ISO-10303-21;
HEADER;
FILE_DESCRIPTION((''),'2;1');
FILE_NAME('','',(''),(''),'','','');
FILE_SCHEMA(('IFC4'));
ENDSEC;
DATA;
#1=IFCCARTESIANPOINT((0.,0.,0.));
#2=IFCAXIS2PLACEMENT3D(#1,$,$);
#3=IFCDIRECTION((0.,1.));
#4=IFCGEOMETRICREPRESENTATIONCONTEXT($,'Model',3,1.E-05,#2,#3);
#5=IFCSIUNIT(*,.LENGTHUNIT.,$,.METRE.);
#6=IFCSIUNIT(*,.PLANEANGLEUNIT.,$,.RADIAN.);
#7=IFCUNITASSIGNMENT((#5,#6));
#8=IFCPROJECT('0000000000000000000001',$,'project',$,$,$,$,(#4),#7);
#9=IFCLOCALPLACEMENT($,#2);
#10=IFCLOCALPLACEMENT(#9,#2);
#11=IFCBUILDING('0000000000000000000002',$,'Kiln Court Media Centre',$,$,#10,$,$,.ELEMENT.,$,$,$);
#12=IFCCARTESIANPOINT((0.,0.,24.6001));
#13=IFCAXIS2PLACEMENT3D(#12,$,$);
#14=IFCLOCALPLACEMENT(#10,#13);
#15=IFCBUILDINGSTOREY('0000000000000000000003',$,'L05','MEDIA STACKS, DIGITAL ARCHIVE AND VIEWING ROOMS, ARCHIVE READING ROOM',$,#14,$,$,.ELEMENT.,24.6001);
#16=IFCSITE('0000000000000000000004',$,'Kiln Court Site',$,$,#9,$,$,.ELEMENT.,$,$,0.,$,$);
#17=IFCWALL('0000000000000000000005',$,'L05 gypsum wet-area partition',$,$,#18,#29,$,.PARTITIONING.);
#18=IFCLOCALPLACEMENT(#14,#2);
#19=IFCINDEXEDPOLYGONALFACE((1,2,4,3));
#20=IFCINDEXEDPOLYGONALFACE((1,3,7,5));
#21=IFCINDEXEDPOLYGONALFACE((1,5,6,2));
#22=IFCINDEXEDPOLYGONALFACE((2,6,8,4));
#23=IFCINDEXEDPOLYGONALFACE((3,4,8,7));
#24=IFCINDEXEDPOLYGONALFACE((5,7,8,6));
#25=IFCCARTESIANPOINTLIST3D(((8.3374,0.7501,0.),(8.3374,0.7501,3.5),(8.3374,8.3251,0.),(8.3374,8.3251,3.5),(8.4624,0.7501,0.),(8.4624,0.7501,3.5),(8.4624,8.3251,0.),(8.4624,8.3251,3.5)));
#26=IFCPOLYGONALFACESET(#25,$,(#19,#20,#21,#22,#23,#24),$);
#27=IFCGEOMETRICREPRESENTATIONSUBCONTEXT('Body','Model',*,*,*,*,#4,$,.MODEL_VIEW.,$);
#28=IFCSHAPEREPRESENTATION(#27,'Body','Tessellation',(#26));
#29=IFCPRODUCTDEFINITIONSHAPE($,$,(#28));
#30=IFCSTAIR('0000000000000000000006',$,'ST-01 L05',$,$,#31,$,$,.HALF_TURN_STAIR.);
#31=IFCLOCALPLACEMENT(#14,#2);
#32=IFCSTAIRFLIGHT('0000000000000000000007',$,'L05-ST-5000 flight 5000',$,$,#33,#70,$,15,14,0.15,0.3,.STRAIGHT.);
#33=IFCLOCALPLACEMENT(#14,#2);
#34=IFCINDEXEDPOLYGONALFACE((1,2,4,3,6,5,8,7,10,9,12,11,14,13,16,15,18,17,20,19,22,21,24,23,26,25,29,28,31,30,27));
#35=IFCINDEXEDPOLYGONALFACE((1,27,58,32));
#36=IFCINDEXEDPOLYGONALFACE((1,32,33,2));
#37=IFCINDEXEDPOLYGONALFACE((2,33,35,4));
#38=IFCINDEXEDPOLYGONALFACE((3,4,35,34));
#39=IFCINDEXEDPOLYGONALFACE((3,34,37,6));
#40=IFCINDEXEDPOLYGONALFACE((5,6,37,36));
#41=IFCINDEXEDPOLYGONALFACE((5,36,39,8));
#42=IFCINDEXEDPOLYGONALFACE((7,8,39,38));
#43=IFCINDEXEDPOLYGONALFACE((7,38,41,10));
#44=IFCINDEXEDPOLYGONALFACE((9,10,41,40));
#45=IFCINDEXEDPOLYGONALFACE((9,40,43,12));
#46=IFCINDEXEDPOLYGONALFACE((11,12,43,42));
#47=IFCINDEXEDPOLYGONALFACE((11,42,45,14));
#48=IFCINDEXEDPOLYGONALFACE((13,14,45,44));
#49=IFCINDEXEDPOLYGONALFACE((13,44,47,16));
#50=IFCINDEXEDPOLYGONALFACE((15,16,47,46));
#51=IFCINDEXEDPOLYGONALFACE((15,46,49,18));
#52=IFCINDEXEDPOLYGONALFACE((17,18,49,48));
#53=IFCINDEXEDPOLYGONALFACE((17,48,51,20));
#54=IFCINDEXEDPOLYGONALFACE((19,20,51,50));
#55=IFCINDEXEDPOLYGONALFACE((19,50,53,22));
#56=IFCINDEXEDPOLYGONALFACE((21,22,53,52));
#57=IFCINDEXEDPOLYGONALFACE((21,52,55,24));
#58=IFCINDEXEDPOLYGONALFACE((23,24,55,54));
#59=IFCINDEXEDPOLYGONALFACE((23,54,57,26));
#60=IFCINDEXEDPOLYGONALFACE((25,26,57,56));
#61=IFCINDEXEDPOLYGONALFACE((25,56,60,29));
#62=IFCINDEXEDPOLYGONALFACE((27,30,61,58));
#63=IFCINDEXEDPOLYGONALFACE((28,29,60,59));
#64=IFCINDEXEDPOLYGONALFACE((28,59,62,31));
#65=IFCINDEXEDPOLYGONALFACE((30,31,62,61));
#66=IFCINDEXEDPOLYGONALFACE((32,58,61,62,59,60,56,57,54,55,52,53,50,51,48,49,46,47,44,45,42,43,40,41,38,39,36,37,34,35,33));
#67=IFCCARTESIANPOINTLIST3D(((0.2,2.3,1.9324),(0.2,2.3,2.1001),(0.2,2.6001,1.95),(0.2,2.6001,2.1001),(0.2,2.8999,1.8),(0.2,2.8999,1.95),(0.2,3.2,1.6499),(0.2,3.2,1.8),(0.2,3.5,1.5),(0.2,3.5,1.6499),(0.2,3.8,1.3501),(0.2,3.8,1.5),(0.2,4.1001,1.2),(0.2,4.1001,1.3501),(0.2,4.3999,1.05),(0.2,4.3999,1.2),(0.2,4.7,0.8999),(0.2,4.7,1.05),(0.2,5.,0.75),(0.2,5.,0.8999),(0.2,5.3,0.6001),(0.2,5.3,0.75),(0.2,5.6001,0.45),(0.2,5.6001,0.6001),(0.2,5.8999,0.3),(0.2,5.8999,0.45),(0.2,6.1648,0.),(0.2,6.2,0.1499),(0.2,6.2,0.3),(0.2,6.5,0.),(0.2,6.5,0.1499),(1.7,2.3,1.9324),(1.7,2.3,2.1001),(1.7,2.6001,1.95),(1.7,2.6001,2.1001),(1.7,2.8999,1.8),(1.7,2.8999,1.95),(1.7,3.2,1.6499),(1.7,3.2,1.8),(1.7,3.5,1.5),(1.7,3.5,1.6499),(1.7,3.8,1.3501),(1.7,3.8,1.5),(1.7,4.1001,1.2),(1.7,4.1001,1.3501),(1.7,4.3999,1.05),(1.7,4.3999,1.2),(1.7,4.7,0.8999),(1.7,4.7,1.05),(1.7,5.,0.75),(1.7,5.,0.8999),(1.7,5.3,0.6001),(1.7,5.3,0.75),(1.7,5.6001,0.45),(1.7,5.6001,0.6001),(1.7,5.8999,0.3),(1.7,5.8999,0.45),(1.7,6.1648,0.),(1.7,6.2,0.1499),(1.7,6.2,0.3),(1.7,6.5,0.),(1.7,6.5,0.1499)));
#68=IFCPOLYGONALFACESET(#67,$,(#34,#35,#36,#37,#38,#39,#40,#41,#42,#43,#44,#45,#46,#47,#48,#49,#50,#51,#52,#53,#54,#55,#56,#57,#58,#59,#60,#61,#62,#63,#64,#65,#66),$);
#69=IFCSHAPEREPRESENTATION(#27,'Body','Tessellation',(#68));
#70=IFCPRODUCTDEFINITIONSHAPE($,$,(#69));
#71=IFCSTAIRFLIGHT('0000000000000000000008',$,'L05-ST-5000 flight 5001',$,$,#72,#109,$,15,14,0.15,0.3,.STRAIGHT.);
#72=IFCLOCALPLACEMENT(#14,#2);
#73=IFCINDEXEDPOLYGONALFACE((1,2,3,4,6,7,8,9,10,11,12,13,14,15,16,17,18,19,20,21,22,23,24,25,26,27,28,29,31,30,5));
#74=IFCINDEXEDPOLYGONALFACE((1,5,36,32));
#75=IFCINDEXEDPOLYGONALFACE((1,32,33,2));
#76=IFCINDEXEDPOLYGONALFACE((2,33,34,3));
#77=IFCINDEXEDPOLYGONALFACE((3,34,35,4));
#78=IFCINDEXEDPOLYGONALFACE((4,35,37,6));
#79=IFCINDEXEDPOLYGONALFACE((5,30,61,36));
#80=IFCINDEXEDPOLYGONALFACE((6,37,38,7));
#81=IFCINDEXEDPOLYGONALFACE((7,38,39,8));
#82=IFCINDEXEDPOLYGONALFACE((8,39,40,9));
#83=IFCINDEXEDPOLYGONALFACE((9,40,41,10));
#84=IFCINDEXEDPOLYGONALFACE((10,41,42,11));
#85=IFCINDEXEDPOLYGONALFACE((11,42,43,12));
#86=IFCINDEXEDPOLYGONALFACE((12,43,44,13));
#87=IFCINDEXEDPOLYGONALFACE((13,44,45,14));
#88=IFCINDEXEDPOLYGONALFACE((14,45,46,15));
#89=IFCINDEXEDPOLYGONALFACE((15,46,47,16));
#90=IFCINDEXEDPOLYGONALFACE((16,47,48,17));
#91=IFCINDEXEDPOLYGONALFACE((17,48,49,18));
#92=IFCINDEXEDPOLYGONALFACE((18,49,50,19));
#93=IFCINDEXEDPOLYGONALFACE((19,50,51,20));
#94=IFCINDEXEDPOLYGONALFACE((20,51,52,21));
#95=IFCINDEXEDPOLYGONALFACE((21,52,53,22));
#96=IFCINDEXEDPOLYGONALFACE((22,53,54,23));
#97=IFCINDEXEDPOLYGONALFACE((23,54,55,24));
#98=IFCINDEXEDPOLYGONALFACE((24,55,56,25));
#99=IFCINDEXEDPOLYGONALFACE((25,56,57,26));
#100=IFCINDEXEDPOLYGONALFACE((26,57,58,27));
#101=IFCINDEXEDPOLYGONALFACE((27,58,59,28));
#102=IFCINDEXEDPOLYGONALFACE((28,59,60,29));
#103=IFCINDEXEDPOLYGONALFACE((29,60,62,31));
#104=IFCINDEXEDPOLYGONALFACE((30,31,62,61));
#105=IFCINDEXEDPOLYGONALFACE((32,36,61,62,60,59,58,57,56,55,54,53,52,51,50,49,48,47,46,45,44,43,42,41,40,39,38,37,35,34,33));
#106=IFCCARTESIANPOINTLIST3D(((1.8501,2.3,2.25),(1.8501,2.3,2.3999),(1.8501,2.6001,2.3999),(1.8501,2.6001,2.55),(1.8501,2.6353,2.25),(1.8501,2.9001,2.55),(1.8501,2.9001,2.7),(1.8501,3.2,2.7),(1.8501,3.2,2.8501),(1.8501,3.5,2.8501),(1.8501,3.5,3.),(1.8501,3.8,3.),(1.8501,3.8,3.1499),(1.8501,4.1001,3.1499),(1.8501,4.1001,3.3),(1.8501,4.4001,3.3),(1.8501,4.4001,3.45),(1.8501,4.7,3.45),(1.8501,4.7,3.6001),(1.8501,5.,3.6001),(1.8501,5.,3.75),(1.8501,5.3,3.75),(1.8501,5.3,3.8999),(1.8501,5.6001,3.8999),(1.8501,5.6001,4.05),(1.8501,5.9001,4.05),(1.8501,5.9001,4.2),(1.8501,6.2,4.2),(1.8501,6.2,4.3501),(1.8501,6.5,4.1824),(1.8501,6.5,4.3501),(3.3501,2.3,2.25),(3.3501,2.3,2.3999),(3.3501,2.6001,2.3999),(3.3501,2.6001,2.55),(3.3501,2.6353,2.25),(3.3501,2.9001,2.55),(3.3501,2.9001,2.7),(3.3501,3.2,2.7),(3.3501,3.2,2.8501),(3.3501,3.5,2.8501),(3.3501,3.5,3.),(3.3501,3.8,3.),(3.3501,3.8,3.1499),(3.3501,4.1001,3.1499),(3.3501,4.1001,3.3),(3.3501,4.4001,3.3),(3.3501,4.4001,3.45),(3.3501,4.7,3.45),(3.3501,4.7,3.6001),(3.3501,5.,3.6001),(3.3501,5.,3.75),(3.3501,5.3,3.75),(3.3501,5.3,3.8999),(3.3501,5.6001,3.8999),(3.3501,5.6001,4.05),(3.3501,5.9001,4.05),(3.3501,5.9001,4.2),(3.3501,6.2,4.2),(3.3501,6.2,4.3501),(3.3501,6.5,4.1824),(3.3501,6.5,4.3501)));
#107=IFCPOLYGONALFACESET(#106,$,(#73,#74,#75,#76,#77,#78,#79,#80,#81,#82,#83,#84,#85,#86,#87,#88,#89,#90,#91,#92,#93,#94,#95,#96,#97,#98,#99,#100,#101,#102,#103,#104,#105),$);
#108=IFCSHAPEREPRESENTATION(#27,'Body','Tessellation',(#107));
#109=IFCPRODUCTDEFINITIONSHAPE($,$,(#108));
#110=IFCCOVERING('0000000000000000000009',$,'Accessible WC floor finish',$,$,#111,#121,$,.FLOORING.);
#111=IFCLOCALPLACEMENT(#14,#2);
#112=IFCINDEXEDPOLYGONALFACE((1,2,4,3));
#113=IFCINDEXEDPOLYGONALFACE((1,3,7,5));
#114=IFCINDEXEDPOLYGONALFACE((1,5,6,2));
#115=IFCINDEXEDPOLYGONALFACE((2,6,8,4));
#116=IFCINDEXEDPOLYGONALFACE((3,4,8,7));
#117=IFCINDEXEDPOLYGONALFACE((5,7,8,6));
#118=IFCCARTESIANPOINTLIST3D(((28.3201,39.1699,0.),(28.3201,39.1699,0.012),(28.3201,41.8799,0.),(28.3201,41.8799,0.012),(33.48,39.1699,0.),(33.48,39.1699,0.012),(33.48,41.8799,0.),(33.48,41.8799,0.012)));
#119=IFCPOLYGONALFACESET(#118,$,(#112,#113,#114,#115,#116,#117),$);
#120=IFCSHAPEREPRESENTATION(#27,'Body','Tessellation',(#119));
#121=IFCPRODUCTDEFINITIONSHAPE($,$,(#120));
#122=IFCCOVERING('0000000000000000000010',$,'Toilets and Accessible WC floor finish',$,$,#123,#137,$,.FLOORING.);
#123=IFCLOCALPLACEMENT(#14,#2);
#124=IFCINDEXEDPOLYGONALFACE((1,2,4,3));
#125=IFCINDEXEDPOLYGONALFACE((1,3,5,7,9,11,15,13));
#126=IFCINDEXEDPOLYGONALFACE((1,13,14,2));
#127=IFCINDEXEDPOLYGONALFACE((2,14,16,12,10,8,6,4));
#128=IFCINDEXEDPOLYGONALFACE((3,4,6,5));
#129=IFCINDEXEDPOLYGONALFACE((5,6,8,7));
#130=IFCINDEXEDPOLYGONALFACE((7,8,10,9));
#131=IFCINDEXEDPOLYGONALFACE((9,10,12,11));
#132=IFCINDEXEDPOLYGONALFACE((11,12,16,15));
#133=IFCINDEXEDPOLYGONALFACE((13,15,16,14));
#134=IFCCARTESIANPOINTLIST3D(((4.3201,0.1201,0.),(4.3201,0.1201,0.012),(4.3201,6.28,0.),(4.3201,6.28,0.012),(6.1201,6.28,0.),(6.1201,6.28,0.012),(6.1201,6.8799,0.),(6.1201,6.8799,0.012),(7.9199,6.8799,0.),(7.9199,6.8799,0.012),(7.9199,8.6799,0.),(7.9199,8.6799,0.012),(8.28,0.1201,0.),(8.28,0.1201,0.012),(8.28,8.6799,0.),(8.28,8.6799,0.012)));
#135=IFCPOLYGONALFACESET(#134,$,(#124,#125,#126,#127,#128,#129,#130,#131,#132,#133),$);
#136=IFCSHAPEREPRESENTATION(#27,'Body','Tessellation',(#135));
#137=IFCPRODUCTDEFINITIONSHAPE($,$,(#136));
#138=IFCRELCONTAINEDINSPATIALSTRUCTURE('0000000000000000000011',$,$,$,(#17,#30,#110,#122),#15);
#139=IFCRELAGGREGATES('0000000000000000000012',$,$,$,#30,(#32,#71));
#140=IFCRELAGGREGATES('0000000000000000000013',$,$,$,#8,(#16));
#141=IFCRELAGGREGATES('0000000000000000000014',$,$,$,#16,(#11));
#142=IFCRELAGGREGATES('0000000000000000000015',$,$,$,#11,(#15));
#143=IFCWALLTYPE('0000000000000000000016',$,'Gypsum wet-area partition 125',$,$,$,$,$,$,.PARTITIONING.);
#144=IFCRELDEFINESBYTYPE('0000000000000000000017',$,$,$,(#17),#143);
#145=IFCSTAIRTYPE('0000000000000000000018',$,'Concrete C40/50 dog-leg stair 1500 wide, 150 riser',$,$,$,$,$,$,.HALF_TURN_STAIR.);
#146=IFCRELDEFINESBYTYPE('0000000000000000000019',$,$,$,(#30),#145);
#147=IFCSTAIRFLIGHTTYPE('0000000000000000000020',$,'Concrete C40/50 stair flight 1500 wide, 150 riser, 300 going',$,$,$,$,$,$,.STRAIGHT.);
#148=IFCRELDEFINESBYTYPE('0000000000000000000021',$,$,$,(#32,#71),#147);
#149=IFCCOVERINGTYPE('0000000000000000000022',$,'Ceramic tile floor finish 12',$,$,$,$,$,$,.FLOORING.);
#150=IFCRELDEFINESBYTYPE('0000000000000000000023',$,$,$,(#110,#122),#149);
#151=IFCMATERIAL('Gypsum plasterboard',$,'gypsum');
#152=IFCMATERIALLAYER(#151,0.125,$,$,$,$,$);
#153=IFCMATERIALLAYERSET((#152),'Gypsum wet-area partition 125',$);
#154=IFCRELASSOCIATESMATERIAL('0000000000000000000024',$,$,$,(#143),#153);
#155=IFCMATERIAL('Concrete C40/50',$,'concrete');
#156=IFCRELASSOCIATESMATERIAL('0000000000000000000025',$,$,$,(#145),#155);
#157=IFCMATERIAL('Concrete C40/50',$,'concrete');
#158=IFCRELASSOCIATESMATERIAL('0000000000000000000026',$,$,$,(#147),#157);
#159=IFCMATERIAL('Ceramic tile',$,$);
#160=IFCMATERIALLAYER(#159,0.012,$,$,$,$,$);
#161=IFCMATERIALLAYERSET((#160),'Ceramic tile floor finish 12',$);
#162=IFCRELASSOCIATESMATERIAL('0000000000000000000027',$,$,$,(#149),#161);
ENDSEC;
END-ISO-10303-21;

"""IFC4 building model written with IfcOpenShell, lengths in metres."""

from ifc_helpers import new_model, si_unit, direction, frame, frame_2d, origin, place, context, subcontext, project, spatial, polyline, rectangle, outline, extrude, material, layer, layer_set, type_object, element, aggregate, save


model = new_model("IFC4")

# Units and contexts
model_context = context("Model", 3, precision=1e-05, world=origin(), true_north=direction((0.0, 1.0)))
body_context = subcontext(model_context, "Body", "Model", "MODEL_VIEW")
ifc_project = project(units=[si_unit("LENGTHUNIT", "METRE"), si_unit("PLANEANGLEUNIT", "RADIAN")], contexts=[model_context])

# Site, building, storey
site_placement = place(None, origin())
site = spatial("IfcSite", under=ifc_project, at=site_placement, Name="Kiln Court Site", CompositionType="ELEMENT", RefElevation=0.0)
building_placement = place(site_placement, origin())
building = spatial("IfcBuilding", under=site, at=building_placement, Name="Kiln Court Media Centre", CompositionType="ELEMENT")
storey_placement = place(building_placement, frame((0.0, 0.0, 24.6001)))
storey = spatial("IfcBuildingStorey", under=building, at=storey_placement, Name="L05", Description="MEDIA STACKS, DIGITAL ARCHIVE AND VIEWING ROOMS, ARCHIVE READING ROOM", CompositionType="ELEMENT", Elevation=24.6001)

# Wall
ifc_material_1 = material(Name="Gypsum plasterboard", Category="gypsum")
ifc_layer_1 = layer(ifc_material_1, 0.125)
ifc_layer_set_1 = layer_set([ifc_layer_1], Name="Gypsum wet-area partition 125")
wall_type_1 = type_object("IfcWallType", Name="Gypsum wet-area partition 125", PredefinedType="PARTITIONING", material=ifc_layer_set_1)
wall_1_placement = place(storey_placement, frame((8.3999, 0.75, 0.0), z_axis=(0.0, 0.0, 1.0), x_axis=(0.0, 1.0, 0.0)))
element("IfcWall", 1, at=wall_1_placement, inside=storey, type_object=wall_type_1, Name="L05 gypsum wet-area partition", PredefinedType="PARTITIONING", context=body_context, shape_type="SweptSolid", body=[
    extrude(rectangle(XDim=7.575, YDim=0.125, at=frame_2d((3.7876, 0.0))), origin(), (0.0, 0.0, 1.0), 3.5),
])

# Stair, stair flights
ifc_material_2 = material(Name="Concrete C40/50", Category="concrete")
stair_type = type_object("IfcStairType", Name="Concrete C40/50 dog-leg stair 1500 wide, 150 riser", PredefinedType="HALF_TURN_STAIR", material=ifc_material_2)
stair_placement = place(storey_placement, origin())
stair = element("IfcStair", 2, at=stair_placement, inside=storey, type_object=stair_type, Name="ST-01 L05", PredefinedType="HALF_TURN_STAIR")
ifc_material_3 = material(Name="Concrete C40/50", Category="concrete")
stair_flight_type = type_object("IfcStairFlightType", Name="Concrete C40/50 stair flight 1500 wide, 150 riser, 300 going", PredefinedType="STRAIGHT", material=ifc_material_3)
stair_flight_1_placement = place(storey_placement, frame((0.95, 6.5, 0.0), z_axis=(0.0, 0.0, 1.0), x_axis=(0.0, -1.0, 0.0)))
stair_flight_1 = element("IfcStairFlight", 3, at=stair_flight_1_placement, type_object=stair_flight_type, Name="L05-ST-5000 flight 5000", NumberOfRisers=15, NumberOfTreads=14, PredefinedType="STRAIGHT", RiserHeight=0.15, TreadLength=0.3, context=body_context, shape_type="SweptSolid", body=[
    extrude(outline(polyline([(0.0, 0.0), (0.0, 0.1499), (0.3, 0.1499), (0.3, 0.3), (0.6001, 0.3), (0.6001, 0.45), (0.8999, 0.45), (0.8999, 0.6001), (1.2, 0.6001), (1.2, 0.75), (1.5, 0.75), (1.5, 0.8999), (1.8, 0.8999), (1.8, 1.05), (2.1001, 1.05), (2.1001, 1.2), (2.3999, 1.2), (2.3999, 1.3501), (2.7, 1.3501), (2.7, 1.5), (3.0, 1.5), (3.0, 1.6499), (3.3, 1.6499), (3.3, 1.8), (3.6001, 1.8), (3.6001, 1.95), (3.8999, 1.95), (3.8999, 2.1001), (4.2, 2.1001), (4.2, 2.25), (4.2, 1.9324), (0.3352, 0.0), (0.0, 0.0)])), frame((0.0, 0.75, 0.0), z_axis=(0.0, -1.0, 0.0), x_axis=(1.0, 0.0, 0.0)), (0.0, 0.0, 1.0), 1.5),
])
stair_flight_2_placement = place(storey_placement, frame((2.6001, 2.3, 2.25), z_axis=(0.0, 0.0, 1.0), x_axis=(0.0, 1.0, 0.0)))
stair_flight_2 = element("IfcStairFlight", 4, at=stair_flight_2_placement, type_object=stair_flight_type, Name="L05-ST-5000 flight 5001", NumberOfRisers=15, NumberOfTreads=14, PredefinedType="STRAIGHT", RiserHeight=0.15, TreadLength=0.3, context=body_context, shape_type="SweptSolid", body=[
    extrude(outline(polyline([(0.0, 0.0), (0.0, 0.1499), (0.3, 0.1499), (0.3, 0.3), (0.6001, 0.3), (0.6001, 0.45), (0.8999, 0.45), (0.8999, 0.6001), (1.2, 0.6001), (1.2, 0.75), (1.5, 0.75), (1.5, 0.8999), (1.8, 0.8999), (1.8, 1.05), (2.1001, 1.05), (2.1001, 1.2), (2.3999, 1.2), (2.3999, 1.3501), (2.7, 1.3501), (2.7, 1.5), (3.0, 1.5), (3.0, 1.6499), (3.3, 1.6499), (3.3, 1.8), (3.6001, 1.8), (3.6001, 1.95), (3.8999, 1.95), (3.8999, 2.1001), (4.2, 2.1001), (4.2, 2.25), (4.2, 1.9324), (0.3352, 0.0), (0.0, 0.0)])), frame((0.0, 0.75, 0.0), z_axis=(0.0, -1.0, 0.0), x_axis=(1.0, 0.0, 0.0)), (0.0, 0.0, 1.0), 1.5),
])
aggregate(stair, [stair_flight_1, stair_flight_2])

# Coverings
ifc_material_4 = material(Name="Ceramic tile")
ifc_layer_2 = layer(ifc_material_4, 0.012)
ifc_layer_set_2 = layer_set([ifc_layer_2], Name="Ceramic tile floor finish 12")
covering_type = type_object("IfcCoveringType", Name="Ceramic tile floor finish 12", PredefinedType="FLOORING", material=ifc_layer_set_2)
covering_1_placement = place(storey_placement, origin())
element("IfcCovering", 5, at=covering_1_placement, inside=storey, type_object=covering_type, Name="Accessible WC floor finish", PredefinedType="FLOORING", context=body_context, shape_type="SweptSolid", body=[
    extrude(outline(polyline([(33.48, 39.1699), (33.48, 41.8799), (28.3201, 41.8799), (28.3201, 39.1699), (33.48, 39.1699)])), origin(), (0.0, 0.0, 1.0), 0.012),
])
covering_2_placement = place(storey_placement, origin())
element("IfcCovering", 6, at=covering_2_placement, inside=storey, type_object=covering_type, Name="Toilets and Accessible WC floor finish", PredefinedType="FLOORING", context=body_context, shape_type="SweptSolid", body=[
    extrude(outline(polyline([(8.28, 8.6799), (7.9199, 8.6799), (7.9199, 6.8799), (6.1201, 6.8799), (6.1201, 6.28), (4.3201, 6.28), (4.3201, 0.1201), (8.28, 0.1201), (8.28, 8.6799)])), origin(), (0.0, 0.0, 1.0), 0.012),
])

save(model, "model.ifc")
